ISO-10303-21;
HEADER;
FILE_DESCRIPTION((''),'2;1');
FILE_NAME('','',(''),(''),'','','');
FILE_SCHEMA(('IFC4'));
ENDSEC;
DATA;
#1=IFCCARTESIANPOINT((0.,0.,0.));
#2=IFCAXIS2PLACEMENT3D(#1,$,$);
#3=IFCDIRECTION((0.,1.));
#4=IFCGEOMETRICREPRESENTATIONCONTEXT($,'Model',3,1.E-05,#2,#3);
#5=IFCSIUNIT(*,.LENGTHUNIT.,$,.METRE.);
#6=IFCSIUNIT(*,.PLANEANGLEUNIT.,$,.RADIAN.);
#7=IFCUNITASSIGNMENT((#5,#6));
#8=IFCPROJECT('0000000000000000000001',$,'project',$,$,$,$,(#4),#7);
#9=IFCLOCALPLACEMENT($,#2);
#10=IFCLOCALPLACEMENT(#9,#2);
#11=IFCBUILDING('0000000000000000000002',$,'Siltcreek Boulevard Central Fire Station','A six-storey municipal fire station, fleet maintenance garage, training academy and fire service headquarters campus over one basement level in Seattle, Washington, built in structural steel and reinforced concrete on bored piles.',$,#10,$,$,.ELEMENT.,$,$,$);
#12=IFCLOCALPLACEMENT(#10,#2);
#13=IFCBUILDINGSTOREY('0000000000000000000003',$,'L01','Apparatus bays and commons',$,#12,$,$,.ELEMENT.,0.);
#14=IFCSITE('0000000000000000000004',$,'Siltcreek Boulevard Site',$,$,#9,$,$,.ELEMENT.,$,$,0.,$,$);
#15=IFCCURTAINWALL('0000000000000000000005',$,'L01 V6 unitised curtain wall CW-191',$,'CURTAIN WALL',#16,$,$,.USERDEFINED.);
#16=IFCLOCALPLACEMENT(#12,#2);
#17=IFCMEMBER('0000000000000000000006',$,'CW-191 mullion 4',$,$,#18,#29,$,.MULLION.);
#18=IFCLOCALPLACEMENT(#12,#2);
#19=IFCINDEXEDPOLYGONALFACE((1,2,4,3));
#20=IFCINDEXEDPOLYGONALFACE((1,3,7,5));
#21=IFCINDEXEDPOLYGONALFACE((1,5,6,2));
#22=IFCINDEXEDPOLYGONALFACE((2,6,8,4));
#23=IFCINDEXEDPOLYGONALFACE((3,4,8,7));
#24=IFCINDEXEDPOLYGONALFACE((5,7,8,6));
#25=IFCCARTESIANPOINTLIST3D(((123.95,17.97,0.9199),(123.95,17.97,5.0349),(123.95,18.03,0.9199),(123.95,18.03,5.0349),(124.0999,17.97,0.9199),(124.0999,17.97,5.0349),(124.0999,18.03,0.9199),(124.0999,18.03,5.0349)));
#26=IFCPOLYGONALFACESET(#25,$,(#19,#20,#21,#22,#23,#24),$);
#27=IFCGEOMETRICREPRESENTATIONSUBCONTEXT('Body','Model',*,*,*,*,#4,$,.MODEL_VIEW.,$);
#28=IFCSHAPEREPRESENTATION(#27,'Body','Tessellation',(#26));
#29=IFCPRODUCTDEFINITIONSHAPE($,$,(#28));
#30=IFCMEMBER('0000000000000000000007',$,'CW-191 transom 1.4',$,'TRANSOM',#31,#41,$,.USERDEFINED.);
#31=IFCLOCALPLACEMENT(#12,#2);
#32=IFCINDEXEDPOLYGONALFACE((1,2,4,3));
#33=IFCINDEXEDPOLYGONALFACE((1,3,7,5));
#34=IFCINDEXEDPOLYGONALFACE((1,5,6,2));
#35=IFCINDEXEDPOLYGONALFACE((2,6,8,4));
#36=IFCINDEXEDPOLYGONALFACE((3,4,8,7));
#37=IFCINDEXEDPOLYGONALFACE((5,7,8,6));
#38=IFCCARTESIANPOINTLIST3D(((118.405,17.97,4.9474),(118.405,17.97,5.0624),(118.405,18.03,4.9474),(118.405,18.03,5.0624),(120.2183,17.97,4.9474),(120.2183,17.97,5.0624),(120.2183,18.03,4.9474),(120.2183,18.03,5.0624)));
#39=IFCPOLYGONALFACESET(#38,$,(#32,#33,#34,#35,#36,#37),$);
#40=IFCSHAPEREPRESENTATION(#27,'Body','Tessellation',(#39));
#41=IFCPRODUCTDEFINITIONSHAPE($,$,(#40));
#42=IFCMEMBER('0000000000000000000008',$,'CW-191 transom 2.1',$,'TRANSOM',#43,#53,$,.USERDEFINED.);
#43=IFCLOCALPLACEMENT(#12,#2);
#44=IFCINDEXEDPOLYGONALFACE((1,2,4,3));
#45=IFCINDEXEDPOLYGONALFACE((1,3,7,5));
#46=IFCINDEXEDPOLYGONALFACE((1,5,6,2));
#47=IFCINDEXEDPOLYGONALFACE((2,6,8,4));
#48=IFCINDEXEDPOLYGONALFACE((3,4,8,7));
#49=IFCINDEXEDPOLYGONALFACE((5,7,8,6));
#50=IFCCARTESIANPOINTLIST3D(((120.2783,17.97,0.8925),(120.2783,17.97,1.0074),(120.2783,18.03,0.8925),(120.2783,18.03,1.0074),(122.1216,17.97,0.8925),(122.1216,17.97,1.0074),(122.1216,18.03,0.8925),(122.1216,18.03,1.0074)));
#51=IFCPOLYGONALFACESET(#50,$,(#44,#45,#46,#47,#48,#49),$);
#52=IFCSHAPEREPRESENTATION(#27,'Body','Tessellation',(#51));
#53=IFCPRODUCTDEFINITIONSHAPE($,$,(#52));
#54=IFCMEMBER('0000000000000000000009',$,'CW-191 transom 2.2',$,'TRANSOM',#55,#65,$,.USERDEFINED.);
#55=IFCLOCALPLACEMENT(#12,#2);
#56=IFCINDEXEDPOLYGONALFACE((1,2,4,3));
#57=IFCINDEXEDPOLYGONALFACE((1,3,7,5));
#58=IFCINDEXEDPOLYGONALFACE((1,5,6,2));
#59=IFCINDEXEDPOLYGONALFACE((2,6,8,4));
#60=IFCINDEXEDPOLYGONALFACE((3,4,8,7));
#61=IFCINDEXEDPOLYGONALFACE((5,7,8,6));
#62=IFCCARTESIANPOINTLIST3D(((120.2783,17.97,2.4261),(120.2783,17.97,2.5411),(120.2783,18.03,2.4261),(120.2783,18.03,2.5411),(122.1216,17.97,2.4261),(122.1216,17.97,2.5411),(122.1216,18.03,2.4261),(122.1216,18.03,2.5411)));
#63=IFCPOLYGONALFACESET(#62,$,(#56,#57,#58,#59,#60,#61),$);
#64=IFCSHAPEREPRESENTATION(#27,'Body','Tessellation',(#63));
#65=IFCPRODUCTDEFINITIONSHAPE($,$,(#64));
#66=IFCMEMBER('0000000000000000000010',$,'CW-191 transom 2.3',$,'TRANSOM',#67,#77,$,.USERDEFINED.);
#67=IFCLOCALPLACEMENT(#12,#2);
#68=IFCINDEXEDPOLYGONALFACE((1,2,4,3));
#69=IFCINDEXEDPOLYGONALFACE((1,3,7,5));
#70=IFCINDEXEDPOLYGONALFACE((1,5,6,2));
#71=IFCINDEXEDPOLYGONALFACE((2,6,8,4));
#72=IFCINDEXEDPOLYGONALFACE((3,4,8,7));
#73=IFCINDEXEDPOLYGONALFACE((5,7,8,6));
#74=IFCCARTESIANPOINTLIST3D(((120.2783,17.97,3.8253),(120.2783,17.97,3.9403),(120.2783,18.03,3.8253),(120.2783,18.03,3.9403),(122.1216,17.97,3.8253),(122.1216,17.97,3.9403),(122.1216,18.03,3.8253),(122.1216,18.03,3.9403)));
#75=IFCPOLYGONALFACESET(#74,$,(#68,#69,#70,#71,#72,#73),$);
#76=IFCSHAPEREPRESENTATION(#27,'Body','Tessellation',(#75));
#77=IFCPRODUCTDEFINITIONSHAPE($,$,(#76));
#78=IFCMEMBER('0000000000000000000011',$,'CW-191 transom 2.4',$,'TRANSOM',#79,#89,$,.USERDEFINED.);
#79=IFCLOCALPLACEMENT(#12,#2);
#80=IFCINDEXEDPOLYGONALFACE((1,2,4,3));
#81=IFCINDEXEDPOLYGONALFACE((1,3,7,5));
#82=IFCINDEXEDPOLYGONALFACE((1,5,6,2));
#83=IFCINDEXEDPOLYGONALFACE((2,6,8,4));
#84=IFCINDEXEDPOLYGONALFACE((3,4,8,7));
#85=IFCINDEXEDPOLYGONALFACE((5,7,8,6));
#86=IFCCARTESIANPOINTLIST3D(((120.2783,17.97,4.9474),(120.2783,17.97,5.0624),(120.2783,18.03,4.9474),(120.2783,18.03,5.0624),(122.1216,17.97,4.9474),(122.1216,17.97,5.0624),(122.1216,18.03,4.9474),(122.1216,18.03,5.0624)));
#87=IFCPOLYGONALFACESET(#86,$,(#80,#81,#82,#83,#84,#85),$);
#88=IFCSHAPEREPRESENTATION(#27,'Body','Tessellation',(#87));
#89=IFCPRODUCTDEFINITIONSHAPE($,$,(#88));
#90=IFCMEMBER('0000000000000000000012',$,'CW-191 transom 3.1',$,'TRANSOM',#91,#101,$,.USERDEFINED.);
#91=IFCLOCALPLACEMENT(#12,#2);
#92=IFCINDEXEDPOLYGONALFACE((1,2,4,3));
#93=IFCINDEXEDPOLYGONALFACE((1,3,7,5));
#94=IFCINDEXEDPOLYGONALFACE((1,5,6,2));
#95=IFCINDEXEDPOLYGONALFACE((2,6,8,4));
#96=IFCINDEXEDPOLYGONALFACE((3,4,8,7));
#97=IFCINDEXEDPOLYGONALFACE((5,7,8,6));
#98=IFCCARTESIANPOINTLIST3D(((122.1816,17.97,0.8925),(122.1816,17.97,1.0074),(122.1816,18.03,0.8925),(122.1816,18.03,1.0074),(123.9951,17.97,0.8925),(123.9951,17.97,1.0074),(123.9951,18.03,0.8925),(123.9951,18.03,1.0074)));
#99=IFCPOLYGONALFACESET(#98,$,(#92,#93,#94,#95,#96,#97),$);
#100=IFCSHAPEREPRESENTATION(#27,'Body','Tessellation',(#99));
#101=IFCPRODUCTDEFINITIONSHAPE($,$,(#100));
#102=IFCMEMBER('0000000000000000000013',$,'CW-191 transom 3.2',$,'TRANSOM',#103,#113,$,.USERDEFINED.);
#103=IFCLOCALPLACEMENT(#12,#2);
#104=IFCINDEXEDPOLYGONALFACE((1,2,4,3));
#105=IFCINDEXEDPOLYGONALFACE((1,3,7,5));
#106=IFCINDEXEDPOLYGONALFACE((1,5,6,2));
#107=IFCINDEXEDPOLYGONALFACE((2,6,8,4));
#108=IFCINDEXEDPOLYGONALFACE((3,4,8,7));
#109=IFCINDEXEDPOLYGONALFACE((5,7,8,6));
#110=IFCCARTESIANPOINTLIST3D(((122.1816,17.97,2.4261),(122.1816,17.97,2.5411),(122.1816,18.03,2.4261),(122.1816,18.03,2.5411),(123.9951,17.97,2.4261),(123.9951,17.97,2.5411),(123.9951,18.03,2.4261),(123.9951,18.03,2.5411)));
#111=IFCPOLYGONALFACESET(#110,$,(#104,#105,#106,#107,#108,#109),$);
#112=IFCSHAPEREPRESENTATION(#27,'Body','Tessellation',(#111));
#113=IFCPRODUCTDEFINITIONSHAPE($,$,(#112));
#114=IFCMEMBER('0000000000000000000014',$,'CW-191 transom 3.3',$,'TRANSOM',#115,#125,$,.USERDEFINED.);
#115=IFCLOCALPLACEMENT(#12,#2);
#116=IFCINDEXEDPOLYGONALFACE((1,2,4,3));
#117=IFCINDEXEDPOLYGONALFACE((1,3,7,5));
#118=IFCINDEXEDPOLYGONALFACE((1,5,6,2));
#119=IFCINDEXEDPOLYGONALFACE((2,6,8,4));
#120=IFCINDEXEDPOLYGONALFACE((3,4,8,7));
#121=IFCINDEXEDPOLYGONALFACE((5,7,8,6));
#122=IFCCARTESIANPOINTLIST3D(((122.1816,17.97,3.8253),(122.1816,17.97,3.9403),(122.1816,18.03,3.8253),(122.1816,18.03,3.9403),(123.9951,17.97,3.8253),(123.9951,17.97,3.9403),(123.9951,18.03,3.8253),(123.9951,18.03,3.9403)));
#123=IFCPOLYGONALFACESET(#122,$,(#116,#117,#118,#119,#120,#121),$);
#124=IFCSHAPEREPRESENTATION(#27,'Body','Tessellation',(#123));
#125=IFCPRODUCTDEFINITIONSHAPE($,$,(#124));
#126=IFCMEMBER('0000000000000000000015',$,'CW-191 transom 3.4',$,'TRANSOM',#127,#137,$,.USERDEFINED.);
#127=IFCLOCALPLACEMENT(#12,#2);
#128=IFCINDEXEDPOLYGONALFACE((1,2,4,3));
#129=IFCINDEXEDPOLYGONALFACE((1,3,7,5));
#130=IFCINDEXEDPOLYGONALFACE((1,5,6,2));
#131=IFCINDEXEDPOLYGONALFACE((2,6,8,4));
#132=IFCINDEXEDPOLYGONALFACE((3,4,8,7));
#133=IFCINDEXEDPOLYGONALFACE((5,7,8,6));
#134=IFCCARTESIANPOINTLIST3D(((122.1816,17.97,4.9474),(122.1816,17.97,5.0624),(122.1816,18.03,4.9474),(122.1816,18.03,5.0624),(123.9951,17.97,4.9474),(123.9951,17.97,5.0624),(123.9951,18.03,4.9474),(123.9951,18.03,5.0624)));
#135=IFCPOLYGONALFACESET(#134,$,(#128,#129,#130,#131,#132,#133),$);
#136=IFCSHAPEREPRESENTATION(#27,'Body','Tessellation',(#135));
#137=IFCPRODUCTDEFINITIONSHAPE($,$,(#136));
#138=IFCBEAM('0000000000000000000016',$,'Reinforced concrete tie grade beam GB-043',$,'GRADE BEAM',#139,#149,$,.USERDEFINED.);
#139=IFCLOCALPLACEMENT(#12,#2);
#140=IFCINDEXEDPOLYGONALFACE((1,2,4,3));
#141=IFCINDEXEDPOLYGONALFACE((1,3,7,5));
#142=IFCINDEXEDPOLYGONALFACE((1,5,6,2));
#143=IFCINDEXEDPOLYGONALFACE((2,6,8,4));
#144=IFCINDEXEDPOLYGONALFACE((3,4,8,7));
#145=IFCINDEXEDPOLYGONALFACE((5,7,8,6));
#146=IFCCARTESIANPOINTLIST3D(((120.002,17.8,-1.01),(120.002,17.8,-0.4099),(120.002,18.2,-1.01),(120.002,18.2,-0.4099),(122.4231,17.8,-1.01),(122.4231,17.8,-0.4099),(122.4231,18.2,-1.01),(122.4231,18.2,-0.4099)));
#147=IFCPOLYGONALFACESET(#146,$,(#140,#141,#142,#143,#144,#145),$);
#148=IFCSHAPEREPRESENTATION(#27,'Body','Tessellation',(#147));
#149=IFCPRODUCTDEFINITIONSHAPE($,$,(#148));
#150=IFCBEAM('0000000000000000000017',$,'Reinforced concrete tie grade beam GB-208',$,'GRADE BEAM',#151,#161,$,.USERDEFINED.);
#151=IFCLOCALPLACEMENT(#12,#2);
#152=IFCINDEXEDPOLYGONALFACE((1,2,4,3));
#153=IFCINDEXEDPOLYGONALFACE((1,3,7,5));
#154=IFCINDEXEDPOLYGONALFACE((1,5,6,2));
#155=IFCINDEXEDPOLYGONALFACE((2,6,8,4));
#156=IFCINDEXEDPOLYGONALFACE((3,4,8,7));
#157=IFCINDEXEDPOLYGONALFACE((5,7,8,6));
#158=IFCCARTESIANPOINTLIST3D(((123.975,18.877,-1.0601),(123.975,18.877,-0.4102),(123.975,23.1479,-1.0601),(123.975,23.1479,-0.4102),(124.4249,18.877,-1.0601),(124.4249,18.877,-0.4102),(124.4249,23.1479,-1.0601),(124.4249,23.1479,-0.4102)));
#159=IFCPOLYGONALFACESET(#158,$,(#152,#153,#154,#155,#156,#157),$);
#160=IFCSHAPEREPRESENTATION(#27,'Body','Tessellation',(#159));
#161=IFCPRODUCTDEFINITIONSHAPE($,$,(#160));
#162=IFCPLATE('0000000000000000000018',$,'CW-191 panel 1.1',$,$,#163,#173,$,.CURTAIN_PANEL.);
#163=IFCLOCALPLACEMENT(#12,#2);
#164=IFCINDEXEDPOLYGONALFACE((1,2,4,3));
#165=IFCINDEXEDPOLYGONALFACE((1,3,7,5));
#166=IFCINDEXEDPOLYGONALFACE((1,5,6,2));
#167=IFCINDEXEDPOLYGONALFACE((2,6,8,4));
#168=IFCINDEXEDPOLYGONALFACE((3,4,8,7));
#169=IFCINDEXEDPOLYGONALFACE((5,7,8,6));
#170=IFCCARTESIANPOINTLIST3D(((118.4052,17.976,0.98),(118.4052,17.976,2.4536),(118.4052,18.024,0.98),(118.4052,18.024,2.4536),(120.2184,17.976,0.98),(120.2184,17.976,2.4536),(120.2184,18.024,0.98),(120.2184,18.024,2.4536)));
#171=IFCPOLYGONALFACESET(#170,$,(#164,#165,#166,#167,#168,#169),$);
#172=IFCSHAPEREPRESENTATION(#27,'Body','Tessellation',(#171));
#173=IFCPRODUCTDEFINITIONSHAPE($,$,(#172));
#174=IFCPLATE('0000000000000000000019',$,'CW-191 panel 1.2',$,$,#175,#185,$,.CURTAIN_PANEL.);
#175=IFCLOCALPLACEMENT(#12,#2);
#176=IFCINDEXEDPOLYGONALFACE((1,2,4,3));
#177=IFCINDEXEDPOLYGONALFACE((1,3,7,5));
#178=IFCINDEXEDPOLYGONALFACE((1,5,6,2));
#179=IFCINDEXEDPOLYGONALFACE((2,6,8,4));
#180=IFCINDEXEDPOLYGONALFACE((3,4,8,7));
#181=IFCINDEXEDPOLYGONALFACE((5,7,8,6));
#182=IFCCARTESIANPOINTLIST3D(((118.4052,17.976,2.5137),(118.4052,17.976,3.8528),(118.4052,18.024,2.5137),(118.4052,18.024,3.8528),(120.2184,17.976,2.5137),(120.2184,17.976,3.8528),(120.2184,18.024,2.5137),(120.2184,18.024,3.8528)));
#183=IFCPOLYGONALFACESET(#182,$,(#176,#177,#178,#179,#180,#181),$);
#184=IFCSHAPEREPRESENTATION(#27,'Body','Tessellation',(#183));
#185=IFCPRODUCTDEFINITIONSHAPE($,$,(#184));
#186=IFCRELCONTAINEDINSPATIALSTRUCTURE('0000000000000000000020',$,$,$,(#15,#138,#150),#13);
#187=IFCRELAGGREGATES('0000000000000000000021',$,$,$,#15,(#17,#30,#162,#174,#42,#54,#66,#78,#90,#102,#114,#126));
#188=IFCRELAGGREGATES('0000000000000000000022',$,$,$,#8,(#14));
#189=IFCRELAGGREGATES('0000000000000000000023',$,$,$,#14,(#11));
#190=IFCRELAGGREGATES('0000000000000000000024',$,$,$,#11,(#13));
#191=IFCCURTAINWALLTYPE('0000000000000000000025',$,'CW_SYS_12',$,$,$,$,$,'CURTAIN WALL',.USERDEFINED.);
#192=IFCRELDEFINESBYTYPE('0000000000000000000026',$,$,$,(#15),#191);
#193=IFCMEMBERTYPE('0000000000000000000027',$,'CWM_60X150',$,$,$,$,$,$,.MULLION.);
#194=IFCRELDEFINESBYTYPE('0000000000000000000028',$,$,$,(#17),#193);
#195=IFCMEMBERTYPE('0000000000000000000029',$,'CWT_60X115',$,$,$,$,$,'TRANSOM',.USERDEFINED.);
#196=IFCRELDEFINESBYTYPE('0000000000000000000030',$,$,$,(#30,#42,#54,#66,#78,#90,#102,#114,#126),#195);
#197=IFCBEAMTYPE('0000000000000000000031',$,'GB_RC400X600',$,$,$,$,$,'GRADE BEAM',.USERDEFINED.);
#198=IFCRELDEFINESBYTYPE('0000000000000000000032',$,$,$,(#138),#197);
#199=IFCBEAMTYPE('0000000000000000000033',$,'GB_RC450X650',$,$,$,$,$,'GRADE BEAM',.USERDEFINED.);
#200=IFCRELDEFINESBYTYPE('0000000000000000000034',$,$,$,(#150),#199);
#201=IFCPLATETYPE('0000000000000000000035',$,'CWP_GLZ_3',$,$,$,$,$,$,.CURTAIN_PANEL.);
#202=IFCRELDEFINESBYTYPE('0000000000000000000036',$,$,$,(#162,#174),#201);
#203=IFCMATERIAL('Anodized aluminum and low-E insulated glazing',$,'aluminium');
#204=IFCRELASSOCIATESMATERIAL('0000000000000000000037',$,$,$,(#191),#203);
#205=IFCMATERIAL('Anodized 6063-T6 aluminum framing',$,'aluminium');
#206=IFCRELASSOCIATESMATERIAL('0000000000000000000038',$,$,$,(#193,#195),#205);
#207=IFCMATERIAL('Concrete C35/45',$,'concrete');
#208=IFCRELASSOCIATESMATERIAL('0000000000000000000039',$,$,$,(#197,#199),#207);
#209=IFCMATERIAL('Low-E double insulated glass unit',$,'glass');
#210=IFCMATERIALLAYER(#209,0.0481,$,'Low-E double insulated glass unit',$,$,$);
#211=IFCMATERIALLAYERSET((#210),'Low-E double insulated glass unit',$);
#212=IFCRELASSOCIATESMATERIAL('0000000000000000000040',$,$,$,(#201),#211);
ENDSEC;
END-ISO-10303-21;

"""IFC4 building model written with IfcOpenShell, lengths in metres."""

from ifc_helpers import new_model, si_unit, direction, frame, origin, origin_2d, place, context, subcontext, project, spatial, rectangle, extrude, material, layer, layer_set, material_profile, profile_set, type_object, element, aggregate, save


model = new_model("IFC4")

# Units and contexts
model_context = context("Model", 3, precision=1e-05, world=origin(), true_north=direction((0.0, 1.0)))
body_context = subcontext(model_context, "Body", "Model", "MODEL_VIEW")
ifc_project = project(units=[si_unit("LENGTHUNIT", "METRE"), si_unit("PLANEANGLEUNIT", "RADIAN")], contexts=[model_context])

# Site, building, storey
site_placement = place(None, origin())
site = spatial("IfcSite", under=ifc_project, at=site_placement, Name="Siltcreek Boulevard Site", CompositionType="ELEMENT", RefElevation=0.0)
building_placement = place(site_placement, origin())
building = spatial("IfcBuilding", under=site, at=building_placement, Name="Siltcreek Boulevard Central Fire Station", Description="A six-storey municipal fire station, fleet maintenance garage, training academy and fire service headquarters campus over one basement level in Seattle, Washington, built in structural steel and reinforced concrete on bored piles.", CompositionType="ELEMENT")
storey_placement = place(building_placement, origin())
storey = spatial("IfcBuildingStorey", under=building, at=storey_placement, Name="L01", Description="Apparatus bays and commons", CompositionType="ELEMENT", Elevation=0.0)

# Shared definitions
ifc_material_1 = material(Name="Concrete C35/45", Category="concrete")

# Curtain wall, members
ifc_material_2 = material(Name="Anodized aluminum and low-E insulated glazing", Category="aluminium")
curtain_wall_type = type_object("IfcCurtainWallType", Name="CW_SYS_12", ElementType="CURTAIN WALL", PredefinedType="USERDEFINED", material=ifc_material_2)
curtain_wall_placement = place(storey_placement, origin())
curtain_wall = element("IfcCurtainWall", 1, at=curtain_wall_placement, inside=storey, type_object=curtain_wall_type, Name="L01 V6 unitised curtain wall CW-191", ObjectType="CURTAIN WALL", PredefinedType="USERDEFINED")
ifc_material_3 = material(Name="Anodized 6063-T6 aluminum framing", Category="aluminium")
ifc_material_profile_1 = material_profile(ifc_material_3, rectangle(XDim=0.0601, YDim=0.1499, at=origin_2d()), Name="MULL60X150")
ifc_profile_set_1 = profile_set([ifc_material_profile_1], Name="Anodized 6063-T6 aluminum framing")
member_type_1 = type_object("IfcMemberType", Name="CWM_60X150", PredefinedType="MULLION", material=ifc_profile_set_1)
member_1_placement = place(storey_placement, frame((124.0249, 18.0, 0.9199), z_axis=(0.0, 0.0, 1.0), x_axis=(0.0, 1.0, 0.0)))
member_1 = element("IfcMember", 2, at=member_1_placement, type_object=member_type_1, Name="CW-191 mullion 4", PredefinedType="MULLION", context=body_context, shape_type="SweptSolid", body=[
    extrude(rectangle(XDim=0.0601, YDim=0.1499, at=origin_2d()), origin(), (0.0, 0.0, 1.0), 4.115),
])
ifc_material_profile_2 = material_profile(ifc_material_3, rectangle(XDim=0.0601, YDim=0.115, at=origin_2d()), Name="TRAN60X115")
ifc_profile_set_2 = profile_set([ifc_material_profile_2], Name="Anodized 6063-T6 aluminum framing")
member_type_2 = type_object("IfcMemberType", Name="CWT_60X115", ElementType="TRANSOM", PredefinedType="USERDEFINED", material=ifc_profile_set_2)
member_2_placement = place(storey_placement, frame((118.405, 18.0, 5.0049), z_axis=(1.0, 0.0, 0.0), x_axis=(0.0, 1.0, 0.0)))
member_2 = element("IfcMember", 3, at=member_2_placement, type_object=member_type_2, Name="CW-191 transom 1.4", ObjectType="TRANSOM", PredefinedType="USERDEFINED", context=body_context, shape_type="SweptSolid", body=[
    extrude(rectangle(XDim=0.0601, YDim=0.115, at=origin_2d()), origin(), (0.0, 0.0, 1.0), 1.8132),
])
member_3_placement = place(storey_placement, frame((120.2783, 18.0, 0.95), z_axis=(1.0, 0.0, 0.0), x_axis=(0.0, 1.0, 0.0)))
member_3 = element("IfcMember", 4, at=member_3_placement, type_object=member_type_2, Name="CW-191 transom 2.1", ObjectType="TRANSOM", PredefinedType="USERDEFINED", context=body_context, shape_type="SweptSolid", body=[
    extrude(rectangle(XDim=0.0601, YDim=0.115, at=origin_2d()), origin(), (0.0, 0.0, 1.0), 1.8433),
])
member_4_placement = place(storey_placement, frame((120.2783, 18.0, 2.4836), z_axis=(1.0, 0.0, 0.0), x_axis=(0.0, 1.0, 0.0)))
member_4 = element("IfcMember", 5, at=member_4_placement, type_object=member_type_2, Name="CW-191 transom 2.2", ObjectType="TRANSOM", PredefinedType="USERDEFINED", context=body_context, shape_type="SweptSolid", body=[
    extrude(rectangle(XDim=0.0601, YDim=0.115, at=origin_2d()), origin(), (0.0, 0.0, 1.0), 1.8433),
])
member_5_placement = place(storey_placement, frame((120.2783, 18.0, 3.8828), z_axis=(1.0, 0.0, 0.0), x_axis=(0.0, 1.0, 0.0)))
member_5 = element("IfcMember", 6, at=member_5_placement, type_object=member_type_2, Name="CW-191 transom 2.3", ObjectType="TRANSOM", PredefinedType="USERDEFINED", context=body_context, shape_type="SweptSolid", body=[
    extrude(rectangle(XDim=0.0601, YDim=0.115, at=origin_2d()), origin(), (0.0, 0.0, 1.0), 1.8433),
])
member_6_placement = place(storey_placement, frame((120.2783, 18.0, 5.0049), z_axis=(1.0, 0.0, 0.0), x_axis=(0.0, 1.0, 0.0)))
member_6 = element("IfcMember", 7, at=member_6_placement, type_object=member_type_2, Name="CW-191 transom 2.4", ObjectType="TRANSOM", PredefinedType="USERDEFINED", context=body_context, shape_type="SweptSolid", body=[
    extrude(rectangle(XDim=0.0601, YDim=0.115, at=origin_2d()), origin(), (0.0, 0.0, 1.0), 1.8433),
])
member_7_placement = place(storey_placement, frame((122.1816, 18.0, 0.95), z_axis=(1.0, 0.0, 0.0), x_axis=(0.0, 1.0, 0.0)))
member_7 = element("IfcMember", 8, at=member_7_placement, type_object=member_type_2, Name="CW-191 transom 3.1", ObjectType="TRANSOM", PredefinedType="USERDEFINED", context=body_context, shape_type="SweptSolid", body=[
    extrude(rectangle(XDim=0.0601, YDim=0.115, at=origin_2d()), origin(), (0.0, 0.0, 1.0), 1.8135),
])
member_8_placement = place(storey_placement, frame((122.1816, 18.0, 2.4836), z_axis=(1.0, 0.0, 0.0), x_axis=(0.0, 1.0, 0.0)))
member_8 = element("IfcMember", 9, at=member_8_placement, type_object=member_type_2, Name="CW-191 transom 3.2", ObjectType="TRANSOM", PredefinedType="USERDEFINED", context=body_context, shape_type="SweptSolid", body=[
    extrude(rectangle(XDim=0.0601, YDim=0.115, at=origin_2d()), origin(), (0.0, 0.0, 1.0), 1.8135),
])
member_9_placement = place(storey_placement, frame((122.1816, 18.0, 3.8828), z_axis=(1.0, 0.0, 0.0), x_axis=(0.0, 1.0, 0.0)))
member_9 = element("IfcMember", 10, at=member_9_placement, type_object=member_type_2, Name="CW-191 transom 3.3", ObjectType="TRANSOM", PredefinedType="USERDEFINED", context=body_context, shape_type="SweptSolid", body=[
    extrude(rectangle(XDim=0.0601, YDim=0.115, at=origin_2d()), origin(), (0.0, 0.0, 1.0), 1.8135),
])
member_10_placement = place(storey_placement, frame((122.1816, 18.0, 5.0049), z_axis=(1.0, 0.0, 0.0), x_axis=(0.0, 1.0, 0.0)))
member_10 = element("IfcMember", 11, at=member_10_placement, type_object=member_type_2, Name="CW-191 transom 3.4", ObjectType="TRANSOM", PredefinedType="USERDEFINED", context=body_context, shape_type="SweptSolid", body=[
    extrude(rectangle(XDim=0.0601, YDim=0.115, at=origin_2d()), origin(), (0.0, 0.0, 1.0), 1.8135),
])

# Beams
ifc_material_profile_3 = material_profile(ifc_material_1, rectangle(XDim=0.3999, YDim=0.6001, at=origin_2d()), Name="RC400X600")
ifc_profile_set_3 = profile_set([ifc_material_profile_3], Name="Concrete C35/45")
beam_type_1 = type_object("IfcBeamType", Name="GB_RC400X600", ElementType="GRADE BEAM", PredefinedType="USERDEFINED", material=ifc_profile_set_3)
beam_1_placement = place(storey_placement, frame((120.002, 18.0, -0.71), z_axis=(1.0, 0.0, 0.0), x_axis=(0.0, 1.0, 0.0)))
element("IfcBeam", 12, at=beam_1_placement, inside=storey, type_object=beam_type_1, Name="Reinforced concrete tie grade beam GB-043", ObjectType="GRADE BEAM", PredefinedType="USERDEFINED", context=body_context, shape_type="SweptSolid", body=[
    extrude(rectangle(XDim=0.3999, YDim=0.6001, at=origin_2d()), origin(), (0.0, 0.0, 1.0), 2.4211),
])
ifc_material_profile_4 = material_profile(ifc_material_1, rectangle(XDim=0.45, YDim=0.6499, at=origin_2d()), Name="RC450X650")
ifc_profile_set_4 = profile_set([ifc_material_profile_4], Name="Concrete C35/45")
beam_type_2 = type_object("IfcBeamType", Name="GB_RC450X650", ElementType="GRADE BEAM", PredefinedType="USERDEFINED", material=ifc_profile_set_4)
beam_2_placement = place(storey_placement, frame((124.2, 18.877, -0.7351), z_axis=(0.0, 1.0, 0.0), x_axis=(-1.0, 0.0, 0.0)))
element("IfcBeam", 13, at=beam_2_placement, inside=storey, type_object=beam_type_2, Name="Reinforced concrete tie grade beam GB-208", ObjectType="GRADE BEAM", PredefinedType="USERDEFINED", context=body_context, shape_type="SweptSolid", body=[
    extrude(rectangle(XDim=0.45, YDim=0.6499, at=origin_2d()), origin(), (0.0, 0.0, 1.0), 4.271),
])

# Plates
ifc_material_4 = material(Name="Low-E double insulated glass unit", Category="glass")
ifc_layer_1 = layer(ifc_material_4, 0.0481, Name="Low-E double insulated glass unit")
ifc_layer_set_1 = layer_set([ifc_layer_1], Name="Low-E double insulated glass unit")
plate_type_1 = type_object("IfcPlateType", Name="CWP_GLZ_3", PredefinedType="CURTAIN_PANEL", material=ifc_layer_set_1)
plate_1_placement = place(storey_placement, frame((119.3118, 18.0, 0.98), z_axis=(0.0, 0.0, 1.0), x_axis=(1.0, 0.0, 0.0)))
plate_1 = element("IfcPlate", 14, at=plate_1_placement, type_object=plate_type_1, Name="CW-191 panel 1.1", PredefinedType="CURTAIN_PANEL", context=body_context, shape_type="SweptSolid", body=[
    extrude(rectangle(XDim=1.8132, YDim=0.0481, at=origin_2d()), origin(), (0.0, 0.0, 1.0), 1.4736),
])
plate_2_placement = place(storey_placement, frame((119.3118, 18.0, 2.5137), z_axis=(0.0, 0.0, 1.0), x_axis=(1.0, 0.0, 0.0)))
plate_2 = element("IfcPlate", 15, at=plate_2_placement, type_object=plate_type_1, Name="CW-191 panel 1.2", PredefinedType="CURTAIN_PANEL", context=body_context, shape_type="SweptSolid", body=[
    extrude(rectangle(XDim=1.8132, YDim=0.0481, at=origin_2d()), origin(), (0.0, 0.0, 1.0), 1.3391),
])
aggregate(curtain_wall, [member_1, member_2, plate_1, plate_2, member_3, member_4, member_5, member_6, member_7, member_8, member_9, member_10])

save(model, "model.ifc")
